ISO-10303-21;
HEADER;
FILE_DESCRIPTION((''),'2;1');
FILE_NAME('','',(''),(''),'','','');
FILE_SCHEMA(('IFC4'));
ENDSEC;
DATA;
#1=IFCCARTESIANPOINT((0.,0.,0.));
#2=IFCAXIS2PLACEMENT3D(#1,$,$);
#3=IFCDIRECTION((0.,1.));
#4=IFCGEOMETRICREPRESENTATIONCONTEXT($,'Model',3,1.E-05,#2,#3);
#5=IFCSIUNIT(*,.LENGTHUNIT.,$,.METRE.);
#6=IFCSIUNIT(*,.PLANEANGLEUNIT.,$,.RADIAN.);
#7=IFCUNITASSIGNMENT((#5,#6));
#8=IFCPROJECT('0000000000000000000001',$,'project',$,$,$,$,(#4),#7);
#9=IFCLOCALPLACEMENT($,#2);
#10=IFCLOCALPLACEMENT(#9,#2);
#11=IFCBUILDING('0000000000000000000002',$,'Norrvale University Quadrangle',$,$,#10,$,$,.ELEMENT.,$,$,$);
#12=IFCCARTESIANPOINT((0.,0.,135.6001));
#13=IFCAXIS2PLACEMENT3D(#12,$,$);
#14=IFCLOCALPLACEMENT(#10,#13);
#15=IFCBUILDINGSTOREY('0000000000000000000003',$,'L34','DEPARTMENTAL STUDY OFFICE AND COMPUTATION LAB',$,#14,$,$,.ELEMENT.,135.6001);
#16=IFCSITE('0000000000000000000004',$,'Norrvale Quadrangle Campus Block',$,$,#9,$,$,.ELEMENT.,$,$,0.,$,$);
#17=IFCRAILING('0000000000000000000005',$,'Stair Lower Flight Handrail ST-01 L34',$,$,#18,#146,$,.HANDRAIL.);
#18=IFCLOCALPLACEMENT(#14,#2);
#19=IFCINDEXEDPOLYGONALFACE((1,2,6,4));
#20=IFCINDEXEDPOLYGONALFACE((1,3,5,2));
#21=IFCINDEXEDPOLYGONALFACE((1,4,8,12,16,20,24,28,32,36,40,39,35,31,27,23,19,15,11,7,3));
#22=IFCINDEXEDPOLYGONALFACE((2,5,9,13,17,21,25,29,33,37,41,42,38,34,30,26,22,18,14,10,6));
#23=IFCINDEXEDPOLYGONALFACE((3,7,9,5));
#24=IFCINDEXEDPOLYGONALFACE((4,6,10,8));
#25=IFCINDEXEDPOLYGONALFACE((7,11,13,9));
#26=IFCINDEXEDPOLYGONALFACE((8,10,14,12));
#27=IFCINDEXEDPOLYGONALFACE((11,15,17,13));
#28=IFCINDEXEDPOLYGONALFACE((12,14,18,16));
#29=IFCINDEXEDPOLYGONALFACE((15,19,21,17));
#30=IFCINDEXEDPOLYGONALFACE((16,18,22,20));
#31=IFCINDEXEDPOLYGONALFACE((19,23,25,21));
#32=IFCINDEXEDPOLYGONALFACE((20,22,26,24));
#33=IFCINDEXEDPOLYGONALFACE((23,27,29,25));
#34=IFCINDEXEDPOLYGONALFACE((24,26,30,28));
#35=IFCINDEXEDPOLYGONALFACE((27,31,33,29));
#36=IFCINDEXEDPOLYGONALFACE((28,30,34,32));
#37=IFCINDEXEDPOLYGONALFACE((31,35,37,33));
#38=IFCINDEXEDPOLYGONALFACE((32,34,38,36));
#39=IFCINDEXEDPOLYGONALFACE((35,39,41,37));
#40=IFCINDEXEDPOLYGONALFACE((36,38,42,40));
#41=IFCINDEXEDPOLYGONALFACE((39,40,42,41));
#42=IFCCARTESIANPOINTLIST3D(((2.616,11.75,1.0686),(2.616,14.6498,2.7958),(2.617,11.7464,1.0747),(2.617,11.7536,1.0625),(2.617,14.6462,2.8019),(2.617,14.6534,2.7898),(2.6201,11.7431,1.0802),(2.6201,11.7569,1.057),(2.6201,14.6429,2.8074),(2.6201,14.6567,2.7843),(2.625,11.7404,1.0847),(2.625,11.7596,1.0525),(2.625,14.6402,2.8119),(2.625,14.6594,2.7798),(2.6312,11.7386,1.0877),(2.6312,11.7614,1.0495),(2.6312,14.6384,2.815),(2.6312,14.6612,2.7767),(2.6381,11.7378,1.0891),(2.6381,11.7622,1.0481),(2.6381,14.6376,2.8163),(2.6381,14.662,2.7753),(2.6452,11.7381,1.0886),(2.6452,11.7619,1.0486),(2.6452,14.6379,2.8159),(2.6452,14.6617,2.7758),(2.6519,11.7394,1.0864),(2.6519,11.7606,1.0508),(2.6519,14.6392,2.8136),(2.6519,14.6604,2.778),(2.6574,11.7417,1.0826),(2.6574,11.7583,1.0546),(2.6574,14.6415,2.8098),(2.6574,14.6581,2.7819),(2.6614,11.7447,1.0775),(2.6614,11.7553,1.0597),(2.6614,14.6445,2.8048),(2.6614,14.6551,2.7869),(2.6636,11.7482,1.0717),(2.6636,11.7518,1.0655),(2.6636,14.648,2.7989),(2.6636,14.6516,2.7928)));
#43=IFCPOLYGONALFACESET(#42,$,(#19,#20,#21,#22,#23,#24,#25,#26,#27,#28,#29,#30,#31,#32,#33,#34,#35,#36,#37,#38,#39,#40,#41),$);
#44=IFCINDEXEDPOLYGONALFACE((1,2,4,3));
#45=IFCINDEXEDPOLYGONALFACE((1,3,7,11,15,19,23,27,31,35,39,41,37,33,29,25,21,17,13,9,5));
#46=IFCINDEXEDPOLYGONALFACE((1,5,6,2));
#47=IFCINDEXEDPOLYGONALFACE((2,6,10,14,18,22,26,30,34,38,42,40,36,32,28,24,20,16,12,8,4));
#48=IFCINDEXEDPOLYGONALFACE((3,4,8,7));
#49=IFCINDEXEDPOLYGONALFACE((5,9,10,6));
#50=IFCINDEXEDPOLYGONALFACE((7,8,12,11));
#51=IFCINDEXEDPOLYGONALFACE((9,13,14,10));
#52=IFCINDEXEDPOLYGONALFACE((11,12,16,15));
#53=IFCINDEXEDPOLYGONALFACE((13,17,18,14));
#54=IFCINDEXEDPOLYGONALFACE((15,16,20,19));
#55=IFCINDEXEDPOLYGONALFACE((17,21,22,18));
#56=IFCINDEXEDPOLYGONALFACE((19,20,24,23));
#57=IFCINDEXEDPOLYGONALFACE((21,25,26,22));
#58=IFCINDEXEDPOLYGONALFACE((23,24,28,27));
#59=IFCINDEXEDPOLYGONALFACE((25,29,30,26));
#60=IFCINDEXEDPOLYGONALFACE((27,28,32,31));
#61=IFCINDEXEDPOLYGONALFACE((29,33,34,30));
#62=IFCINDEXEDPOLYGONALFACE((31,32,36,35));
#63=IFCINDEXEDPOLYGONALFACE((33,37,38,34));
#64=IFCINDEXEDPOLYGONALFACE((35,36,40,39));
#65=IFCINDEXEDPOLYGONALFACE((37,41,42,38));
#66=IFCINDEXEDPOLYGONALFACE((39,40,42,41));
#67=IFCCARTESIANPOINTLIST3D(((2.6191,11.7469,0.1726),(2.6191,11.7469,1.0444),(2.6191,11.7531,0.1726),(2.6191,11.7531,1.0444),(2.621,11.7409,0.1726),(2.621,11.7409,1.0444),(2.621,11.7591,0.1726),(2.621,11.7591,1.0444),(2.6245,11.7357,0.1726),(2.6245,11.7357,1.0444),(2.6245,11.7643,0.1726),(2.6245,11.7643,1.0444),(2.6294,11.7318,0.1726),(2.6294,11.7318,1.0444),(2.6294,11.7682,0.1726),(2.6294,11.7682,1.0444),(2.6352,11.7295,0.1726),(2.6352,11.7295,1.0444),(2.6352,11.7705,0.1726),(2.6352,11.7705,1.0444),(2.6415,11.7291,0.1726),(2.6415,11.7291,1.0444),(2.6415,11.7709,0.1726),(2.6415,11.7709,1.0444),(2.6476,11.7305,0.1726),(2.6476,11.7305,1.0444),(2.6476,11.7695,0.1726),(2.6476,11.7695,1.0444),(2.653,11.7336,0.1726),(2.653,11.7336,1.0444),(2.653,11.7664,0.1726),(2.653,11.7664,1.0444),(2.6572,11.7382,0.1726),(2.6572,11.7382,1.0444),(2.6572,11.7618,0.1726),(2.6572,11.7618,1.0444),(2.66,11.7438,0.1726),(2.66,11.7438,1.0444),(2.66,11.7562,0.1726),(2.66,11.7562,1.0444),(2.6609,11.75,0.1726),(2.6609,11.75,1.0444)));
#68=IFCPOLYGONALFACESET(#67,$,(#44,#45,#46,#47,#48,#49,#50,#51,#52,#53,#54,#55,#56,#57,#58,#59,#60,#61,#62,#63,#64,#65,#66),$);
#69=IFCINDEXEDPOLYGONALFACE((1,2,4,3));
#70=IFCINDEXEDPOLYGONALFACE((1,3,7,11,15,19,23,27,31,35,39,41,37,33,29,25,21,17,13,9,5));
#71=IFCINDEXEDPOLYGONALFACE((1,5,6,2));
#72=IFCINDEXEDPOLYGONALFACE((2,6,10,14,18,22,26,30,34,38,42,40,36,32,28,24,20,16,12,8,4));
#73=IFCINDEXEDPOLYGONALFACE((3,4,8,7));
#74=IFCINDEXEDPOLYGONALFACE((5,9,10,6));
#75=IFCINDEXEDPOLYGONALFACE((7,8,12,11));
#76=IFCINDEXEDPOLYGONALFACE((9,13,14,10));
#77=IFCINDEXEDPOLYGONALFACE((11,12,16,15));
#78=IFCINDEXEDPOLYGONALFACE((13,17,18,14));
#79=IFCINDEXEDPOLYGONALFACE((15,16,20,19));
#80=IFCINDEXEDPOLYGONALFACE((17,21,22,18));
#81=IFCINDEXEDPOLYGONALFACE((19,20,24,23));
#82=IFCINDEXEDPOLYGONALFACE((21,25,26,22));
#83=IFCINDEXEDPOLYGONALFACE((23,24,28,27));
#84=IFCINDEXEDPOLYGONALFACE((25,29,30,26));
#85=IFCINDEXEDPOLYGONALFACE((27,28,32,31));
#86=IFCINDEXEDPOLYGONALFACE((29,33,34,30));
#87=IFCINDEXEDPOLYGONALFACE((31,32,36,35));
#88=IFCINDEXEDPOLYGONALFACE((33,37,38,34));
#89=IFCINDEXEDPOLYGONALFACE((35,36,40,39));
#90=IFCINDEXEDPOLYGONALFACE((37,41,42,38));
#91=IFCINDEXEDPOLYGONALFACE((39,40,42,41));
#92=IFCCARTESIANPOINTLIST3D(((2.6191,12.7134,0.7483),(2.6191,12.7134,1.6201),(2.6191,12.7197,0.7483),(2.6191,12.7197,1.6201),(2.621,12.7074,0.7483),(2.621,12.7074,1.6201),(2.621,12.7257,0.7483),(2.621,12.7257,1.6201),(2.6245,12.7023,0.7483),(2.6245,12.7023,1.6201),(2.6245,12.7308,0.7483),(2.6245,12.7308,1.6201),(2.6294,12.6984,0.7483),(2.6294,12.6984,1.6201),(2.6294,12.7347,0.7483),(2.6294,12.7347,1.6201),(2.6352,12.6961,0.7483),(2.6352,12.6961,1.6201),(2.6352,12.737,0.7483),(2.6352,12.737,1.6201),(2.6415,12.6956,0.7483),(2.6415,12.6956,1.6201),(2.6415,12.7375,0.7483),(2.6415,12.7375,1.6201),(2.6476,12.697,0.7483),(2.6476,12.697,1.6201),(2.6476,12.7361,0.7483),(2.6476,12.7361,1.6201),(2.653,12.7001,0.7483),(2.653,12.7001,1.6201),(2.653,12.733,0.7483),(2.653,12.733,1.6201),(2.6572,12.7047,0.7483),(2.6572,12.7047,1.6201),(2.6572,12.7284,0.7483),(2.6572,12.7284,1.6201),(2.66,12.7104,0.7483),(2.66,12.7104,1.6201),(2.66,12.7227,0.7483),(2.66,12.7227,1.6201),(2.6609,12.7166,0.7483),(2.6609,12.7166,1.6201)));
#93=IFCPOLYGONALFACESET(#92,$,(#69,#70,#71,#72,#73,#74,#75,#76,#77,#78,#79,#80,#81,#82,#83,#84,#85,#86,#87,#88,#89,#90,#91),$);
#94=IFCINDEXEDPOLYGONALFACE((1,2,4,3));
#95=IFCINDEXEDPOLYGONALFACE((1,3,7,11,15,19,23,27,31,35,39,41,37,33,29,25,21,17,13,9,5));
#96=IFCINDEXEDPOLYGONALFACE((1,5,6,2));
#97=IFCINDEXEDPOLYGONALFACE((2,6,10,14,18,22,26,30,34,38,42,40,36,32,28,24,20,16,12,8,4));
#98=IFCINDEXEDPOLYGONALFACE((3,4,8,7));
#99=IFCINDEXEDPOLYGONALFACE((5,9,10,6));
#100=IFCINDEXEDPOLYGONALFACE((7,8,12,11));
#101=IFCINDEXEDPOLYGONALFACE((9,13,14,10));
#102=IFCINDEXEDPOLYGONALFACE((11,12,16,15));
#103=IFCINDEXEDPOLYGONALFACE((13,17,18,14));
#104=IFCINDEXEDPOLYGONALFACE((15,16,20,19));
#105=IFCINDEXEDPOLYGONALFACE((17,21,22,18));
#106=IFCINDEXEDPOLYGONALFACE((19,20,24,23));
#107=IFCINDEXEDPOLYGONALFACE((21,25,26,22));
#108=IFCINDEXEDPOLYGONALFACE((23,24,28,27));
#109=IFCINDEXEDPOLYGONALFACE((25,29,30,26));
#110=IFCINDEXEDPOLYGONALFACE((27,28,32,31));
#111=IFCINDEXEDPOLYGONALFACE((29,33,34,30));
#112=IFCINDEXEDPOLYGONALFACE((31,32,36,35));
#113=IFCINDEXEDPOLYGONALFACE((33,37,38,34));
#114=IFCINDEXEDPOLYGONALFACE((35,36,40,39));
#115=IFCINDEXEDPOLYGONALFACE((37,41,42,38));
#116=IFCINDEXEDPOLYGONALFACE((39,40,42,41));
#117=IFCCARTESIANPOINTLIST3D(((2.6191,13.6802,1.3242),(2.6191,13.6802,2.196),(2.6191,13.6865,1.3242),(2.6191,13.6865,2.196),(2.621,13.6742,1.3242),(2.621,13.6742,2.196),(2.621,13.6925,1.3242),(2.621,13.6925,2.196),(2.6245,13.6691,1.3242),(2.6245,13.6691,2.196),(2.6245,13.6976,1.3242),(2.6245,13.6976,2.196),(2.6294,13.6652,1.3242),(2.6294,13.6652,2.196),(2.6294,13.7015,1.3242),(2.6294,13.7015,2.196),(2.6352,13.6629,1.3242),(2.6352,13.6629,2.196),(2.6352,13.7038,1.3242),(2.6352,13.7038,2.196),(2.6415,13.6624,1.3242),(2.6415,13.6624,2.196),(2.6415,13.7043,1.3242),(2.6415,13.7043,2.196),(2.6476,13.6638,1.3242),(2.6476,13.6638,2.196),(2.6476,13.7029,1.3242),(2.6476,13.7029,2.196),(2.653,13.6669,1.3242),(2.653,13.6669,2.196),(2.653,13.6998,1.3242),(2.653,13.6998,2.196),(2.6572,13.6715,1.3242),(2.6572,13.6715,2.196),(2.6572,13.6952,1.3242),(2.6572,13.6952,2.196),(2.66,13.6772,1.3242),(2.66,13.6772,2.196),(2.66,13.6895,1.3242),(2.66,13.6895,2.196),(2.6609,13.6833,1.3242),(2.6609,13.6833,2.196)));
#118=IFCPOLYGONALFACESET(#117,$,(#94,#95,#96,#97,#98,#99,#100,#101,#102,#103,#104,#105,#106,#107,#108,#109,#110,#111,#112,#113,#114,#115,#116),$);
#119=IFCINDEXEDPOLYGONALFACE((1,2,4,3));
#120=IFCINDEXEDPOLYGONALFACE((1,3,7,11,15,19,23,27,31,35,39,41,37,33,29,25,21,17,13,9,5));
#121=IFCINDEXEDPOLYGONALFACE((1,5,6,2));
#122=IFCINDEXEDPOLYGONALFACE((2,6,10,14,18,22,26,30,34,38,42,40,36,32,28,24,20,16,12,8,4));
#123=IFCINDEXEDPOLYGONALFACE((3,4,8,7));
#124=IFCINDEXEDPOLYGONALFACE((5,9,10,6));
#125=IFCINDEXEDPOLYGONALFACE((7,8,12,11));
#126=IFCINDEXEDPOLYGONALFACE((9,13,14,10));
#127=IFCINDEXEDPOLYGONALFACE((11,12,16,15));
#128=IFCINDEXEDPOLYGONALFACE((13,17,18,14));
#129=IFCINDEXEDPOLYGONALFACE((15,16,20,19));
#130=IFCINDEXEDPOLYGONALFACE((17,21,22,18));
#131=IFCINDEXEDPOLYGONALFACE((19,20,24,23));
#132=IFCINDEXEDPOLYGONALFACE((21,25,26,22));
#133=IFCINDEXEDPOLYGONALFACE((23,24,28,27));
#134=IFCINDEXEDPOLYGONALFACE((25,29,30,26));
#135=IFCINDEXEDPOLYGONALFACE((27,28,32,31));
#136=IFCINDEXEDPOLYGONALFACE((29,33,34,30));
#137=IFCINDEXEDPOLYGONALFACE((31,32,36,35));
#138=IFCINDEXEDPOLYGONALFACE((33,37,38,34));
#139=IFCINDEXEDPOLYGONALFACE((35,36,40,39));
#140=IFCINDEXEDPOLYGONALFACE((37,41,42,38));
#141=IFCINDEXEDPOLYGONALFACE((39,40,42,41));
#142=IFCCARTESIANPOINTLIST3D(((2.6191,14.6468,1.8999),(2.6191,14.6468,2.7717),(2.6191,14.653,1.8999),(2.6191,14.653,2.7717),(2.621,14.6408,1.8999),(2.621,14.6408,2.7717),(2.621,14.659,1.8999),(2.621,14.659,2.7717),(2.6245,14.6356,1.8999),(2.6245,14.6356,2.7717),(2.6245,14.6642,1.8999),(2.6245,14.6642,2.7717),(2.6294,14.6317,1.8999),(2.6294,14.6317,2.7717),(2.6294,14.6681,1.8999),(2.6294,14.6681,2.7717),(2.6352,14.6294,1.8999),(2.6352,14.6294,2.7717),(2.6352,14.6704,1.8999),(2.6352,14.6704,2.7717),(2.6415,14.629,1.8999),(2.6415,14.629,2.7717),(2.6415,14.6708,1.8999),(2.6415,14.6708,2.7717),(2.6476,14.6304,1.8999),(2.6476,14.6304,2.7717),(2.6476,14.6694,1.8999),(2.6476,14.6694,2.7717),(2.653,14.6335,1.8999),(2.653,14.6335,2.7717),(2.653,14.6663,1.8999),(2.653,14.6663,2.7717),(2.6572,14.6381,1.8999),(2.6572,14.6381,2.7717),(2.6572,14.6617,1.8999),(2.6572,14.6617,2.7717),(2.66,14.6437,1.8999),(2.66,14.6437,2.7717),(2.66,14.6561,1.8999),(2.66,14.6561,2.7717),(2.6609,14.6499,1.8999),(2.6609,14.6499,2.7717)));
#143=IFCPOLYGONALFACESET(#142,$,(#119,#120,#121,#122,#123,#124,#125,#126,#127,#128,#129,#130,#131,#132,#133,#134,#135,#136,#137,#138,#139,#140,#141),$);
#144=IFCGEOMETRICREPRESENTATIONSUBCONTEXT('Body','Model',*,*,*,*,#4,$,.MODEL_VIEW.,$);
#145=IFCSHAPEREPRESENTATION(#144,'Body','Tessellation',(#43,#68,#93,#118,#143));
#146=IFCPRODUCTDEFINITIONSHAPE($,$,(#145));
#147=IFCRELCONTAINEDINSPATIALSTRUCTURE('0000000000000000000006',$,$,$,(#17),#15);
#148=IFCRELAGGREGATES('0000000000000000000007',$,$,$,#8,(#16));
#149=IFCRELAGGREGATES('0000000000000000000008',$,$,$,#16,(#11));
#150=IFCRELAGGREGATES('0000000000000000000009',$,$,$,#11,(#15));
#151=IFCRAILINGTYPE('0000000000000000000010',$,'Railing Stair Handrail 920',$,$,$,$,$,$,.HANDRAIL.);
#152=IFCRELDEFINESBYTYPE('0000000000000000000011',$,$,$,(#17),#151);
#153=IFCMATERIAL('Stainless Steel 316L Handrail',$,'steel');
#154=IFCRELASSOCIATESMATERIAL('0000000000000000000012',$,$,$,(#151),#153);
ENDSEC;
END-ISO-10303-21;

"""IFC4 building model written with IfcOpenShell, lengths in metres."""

from ifc_helpers import new_model, si_unit, direction, frame, origin, origin_2d, place, context, subcontext, project, spatial, circle, extrude, material, type_object, element, save


model = new_model("IFC4")

# Units and contexts
model_context = context("Model", 3, precision=1e-05, world=origin(), true_north=direction((0.0, 1.0)))
body_context = subcontext(model_context, "Body", "Model", "MODEL_VIEW")
ifc_project = project(units=[si_unit("LENGTHUNIT", "METRE"), si_unit("PLANEANGLEUNIT", "RADIAN")], contexts=[model_context])

# Site, building, storey
site_placement = place(None, origin())
site = spatial("IfcSite", under=ifc_project, at=site_placement, Name="Norrvale Quadrangle Campus Block", CompositionType="ELEMENT", RefElevation=0.0)
building_placement = place(site_placement, origin())
building = spatial("IfcBuilding", under=site, at=building_placement, Name="Norrvale University Quadrangle", CompositionType="ELEMENT")
storey_placement = place(building_placement, frame((0.0, 0.0, 135.6001)))
storey = spatial("IfcBuildingStorey", under=building, at=storey_placement, Name="L34", Description="DEPARTMENTAL STUDY OFFICE AND COMPUTATION LAB", CompositionType="ELEMENT", Elevation=135.6001)

# Railing
ifc_material_1 = material(Name="Stainless Steel 316L Handrail", Category="steel")
railing_type_1 = type_object("IfcRailingType", Name="Railing Stair Handrail 920", PredefinedType="HANDRAIL", material=ifc_material_1)
railing_1_placement = place(storey_placement, frame((2.6399, 11.75, 0.1726)))
element("IfcRailing", 1, at=railing_1_placement, inside=storey, type_object=railing_type_1, Name="Stair Lower Flight Handrail ST-01 L34", PredefinedType="HANDRAIL", context=body_context, shape_type="SweptSolid", body=[
    extrude(circle(Radius=0.0239, at=origin_2d()), frame((0.0, 0.0, 0.896), z_axis=(0.0, 0.859141, 0.511738), x_axis=(-1.0, 0.0, 0.0)), (0.0, 0.0, 1.0), 3.3752),
    extrude(circle(Radius=0.021, at=origin_2d()), origin(), (0.0, 0.0, 1.0), 0.8718),
    extrude(circle(Radius=0.021, at=origin_2d()), frame((0.0, 0.9666, 0.5757)), (0.0, 0.0, 1.0), 0.8718),
    extrude(circle(Radius=0.021, at=origin_2d()), frame((0.0, 1.9333, 1.1516)), (0.0, 0.0, 1.0), 0.8718),
    extrude(circle(Radius=0.021, at=origin_2d()), frame((0.0, 2.8999, 1.7273)), (0.0, 0.0, 1.0), 0.8718),
])

save(model, "model.ifc")
